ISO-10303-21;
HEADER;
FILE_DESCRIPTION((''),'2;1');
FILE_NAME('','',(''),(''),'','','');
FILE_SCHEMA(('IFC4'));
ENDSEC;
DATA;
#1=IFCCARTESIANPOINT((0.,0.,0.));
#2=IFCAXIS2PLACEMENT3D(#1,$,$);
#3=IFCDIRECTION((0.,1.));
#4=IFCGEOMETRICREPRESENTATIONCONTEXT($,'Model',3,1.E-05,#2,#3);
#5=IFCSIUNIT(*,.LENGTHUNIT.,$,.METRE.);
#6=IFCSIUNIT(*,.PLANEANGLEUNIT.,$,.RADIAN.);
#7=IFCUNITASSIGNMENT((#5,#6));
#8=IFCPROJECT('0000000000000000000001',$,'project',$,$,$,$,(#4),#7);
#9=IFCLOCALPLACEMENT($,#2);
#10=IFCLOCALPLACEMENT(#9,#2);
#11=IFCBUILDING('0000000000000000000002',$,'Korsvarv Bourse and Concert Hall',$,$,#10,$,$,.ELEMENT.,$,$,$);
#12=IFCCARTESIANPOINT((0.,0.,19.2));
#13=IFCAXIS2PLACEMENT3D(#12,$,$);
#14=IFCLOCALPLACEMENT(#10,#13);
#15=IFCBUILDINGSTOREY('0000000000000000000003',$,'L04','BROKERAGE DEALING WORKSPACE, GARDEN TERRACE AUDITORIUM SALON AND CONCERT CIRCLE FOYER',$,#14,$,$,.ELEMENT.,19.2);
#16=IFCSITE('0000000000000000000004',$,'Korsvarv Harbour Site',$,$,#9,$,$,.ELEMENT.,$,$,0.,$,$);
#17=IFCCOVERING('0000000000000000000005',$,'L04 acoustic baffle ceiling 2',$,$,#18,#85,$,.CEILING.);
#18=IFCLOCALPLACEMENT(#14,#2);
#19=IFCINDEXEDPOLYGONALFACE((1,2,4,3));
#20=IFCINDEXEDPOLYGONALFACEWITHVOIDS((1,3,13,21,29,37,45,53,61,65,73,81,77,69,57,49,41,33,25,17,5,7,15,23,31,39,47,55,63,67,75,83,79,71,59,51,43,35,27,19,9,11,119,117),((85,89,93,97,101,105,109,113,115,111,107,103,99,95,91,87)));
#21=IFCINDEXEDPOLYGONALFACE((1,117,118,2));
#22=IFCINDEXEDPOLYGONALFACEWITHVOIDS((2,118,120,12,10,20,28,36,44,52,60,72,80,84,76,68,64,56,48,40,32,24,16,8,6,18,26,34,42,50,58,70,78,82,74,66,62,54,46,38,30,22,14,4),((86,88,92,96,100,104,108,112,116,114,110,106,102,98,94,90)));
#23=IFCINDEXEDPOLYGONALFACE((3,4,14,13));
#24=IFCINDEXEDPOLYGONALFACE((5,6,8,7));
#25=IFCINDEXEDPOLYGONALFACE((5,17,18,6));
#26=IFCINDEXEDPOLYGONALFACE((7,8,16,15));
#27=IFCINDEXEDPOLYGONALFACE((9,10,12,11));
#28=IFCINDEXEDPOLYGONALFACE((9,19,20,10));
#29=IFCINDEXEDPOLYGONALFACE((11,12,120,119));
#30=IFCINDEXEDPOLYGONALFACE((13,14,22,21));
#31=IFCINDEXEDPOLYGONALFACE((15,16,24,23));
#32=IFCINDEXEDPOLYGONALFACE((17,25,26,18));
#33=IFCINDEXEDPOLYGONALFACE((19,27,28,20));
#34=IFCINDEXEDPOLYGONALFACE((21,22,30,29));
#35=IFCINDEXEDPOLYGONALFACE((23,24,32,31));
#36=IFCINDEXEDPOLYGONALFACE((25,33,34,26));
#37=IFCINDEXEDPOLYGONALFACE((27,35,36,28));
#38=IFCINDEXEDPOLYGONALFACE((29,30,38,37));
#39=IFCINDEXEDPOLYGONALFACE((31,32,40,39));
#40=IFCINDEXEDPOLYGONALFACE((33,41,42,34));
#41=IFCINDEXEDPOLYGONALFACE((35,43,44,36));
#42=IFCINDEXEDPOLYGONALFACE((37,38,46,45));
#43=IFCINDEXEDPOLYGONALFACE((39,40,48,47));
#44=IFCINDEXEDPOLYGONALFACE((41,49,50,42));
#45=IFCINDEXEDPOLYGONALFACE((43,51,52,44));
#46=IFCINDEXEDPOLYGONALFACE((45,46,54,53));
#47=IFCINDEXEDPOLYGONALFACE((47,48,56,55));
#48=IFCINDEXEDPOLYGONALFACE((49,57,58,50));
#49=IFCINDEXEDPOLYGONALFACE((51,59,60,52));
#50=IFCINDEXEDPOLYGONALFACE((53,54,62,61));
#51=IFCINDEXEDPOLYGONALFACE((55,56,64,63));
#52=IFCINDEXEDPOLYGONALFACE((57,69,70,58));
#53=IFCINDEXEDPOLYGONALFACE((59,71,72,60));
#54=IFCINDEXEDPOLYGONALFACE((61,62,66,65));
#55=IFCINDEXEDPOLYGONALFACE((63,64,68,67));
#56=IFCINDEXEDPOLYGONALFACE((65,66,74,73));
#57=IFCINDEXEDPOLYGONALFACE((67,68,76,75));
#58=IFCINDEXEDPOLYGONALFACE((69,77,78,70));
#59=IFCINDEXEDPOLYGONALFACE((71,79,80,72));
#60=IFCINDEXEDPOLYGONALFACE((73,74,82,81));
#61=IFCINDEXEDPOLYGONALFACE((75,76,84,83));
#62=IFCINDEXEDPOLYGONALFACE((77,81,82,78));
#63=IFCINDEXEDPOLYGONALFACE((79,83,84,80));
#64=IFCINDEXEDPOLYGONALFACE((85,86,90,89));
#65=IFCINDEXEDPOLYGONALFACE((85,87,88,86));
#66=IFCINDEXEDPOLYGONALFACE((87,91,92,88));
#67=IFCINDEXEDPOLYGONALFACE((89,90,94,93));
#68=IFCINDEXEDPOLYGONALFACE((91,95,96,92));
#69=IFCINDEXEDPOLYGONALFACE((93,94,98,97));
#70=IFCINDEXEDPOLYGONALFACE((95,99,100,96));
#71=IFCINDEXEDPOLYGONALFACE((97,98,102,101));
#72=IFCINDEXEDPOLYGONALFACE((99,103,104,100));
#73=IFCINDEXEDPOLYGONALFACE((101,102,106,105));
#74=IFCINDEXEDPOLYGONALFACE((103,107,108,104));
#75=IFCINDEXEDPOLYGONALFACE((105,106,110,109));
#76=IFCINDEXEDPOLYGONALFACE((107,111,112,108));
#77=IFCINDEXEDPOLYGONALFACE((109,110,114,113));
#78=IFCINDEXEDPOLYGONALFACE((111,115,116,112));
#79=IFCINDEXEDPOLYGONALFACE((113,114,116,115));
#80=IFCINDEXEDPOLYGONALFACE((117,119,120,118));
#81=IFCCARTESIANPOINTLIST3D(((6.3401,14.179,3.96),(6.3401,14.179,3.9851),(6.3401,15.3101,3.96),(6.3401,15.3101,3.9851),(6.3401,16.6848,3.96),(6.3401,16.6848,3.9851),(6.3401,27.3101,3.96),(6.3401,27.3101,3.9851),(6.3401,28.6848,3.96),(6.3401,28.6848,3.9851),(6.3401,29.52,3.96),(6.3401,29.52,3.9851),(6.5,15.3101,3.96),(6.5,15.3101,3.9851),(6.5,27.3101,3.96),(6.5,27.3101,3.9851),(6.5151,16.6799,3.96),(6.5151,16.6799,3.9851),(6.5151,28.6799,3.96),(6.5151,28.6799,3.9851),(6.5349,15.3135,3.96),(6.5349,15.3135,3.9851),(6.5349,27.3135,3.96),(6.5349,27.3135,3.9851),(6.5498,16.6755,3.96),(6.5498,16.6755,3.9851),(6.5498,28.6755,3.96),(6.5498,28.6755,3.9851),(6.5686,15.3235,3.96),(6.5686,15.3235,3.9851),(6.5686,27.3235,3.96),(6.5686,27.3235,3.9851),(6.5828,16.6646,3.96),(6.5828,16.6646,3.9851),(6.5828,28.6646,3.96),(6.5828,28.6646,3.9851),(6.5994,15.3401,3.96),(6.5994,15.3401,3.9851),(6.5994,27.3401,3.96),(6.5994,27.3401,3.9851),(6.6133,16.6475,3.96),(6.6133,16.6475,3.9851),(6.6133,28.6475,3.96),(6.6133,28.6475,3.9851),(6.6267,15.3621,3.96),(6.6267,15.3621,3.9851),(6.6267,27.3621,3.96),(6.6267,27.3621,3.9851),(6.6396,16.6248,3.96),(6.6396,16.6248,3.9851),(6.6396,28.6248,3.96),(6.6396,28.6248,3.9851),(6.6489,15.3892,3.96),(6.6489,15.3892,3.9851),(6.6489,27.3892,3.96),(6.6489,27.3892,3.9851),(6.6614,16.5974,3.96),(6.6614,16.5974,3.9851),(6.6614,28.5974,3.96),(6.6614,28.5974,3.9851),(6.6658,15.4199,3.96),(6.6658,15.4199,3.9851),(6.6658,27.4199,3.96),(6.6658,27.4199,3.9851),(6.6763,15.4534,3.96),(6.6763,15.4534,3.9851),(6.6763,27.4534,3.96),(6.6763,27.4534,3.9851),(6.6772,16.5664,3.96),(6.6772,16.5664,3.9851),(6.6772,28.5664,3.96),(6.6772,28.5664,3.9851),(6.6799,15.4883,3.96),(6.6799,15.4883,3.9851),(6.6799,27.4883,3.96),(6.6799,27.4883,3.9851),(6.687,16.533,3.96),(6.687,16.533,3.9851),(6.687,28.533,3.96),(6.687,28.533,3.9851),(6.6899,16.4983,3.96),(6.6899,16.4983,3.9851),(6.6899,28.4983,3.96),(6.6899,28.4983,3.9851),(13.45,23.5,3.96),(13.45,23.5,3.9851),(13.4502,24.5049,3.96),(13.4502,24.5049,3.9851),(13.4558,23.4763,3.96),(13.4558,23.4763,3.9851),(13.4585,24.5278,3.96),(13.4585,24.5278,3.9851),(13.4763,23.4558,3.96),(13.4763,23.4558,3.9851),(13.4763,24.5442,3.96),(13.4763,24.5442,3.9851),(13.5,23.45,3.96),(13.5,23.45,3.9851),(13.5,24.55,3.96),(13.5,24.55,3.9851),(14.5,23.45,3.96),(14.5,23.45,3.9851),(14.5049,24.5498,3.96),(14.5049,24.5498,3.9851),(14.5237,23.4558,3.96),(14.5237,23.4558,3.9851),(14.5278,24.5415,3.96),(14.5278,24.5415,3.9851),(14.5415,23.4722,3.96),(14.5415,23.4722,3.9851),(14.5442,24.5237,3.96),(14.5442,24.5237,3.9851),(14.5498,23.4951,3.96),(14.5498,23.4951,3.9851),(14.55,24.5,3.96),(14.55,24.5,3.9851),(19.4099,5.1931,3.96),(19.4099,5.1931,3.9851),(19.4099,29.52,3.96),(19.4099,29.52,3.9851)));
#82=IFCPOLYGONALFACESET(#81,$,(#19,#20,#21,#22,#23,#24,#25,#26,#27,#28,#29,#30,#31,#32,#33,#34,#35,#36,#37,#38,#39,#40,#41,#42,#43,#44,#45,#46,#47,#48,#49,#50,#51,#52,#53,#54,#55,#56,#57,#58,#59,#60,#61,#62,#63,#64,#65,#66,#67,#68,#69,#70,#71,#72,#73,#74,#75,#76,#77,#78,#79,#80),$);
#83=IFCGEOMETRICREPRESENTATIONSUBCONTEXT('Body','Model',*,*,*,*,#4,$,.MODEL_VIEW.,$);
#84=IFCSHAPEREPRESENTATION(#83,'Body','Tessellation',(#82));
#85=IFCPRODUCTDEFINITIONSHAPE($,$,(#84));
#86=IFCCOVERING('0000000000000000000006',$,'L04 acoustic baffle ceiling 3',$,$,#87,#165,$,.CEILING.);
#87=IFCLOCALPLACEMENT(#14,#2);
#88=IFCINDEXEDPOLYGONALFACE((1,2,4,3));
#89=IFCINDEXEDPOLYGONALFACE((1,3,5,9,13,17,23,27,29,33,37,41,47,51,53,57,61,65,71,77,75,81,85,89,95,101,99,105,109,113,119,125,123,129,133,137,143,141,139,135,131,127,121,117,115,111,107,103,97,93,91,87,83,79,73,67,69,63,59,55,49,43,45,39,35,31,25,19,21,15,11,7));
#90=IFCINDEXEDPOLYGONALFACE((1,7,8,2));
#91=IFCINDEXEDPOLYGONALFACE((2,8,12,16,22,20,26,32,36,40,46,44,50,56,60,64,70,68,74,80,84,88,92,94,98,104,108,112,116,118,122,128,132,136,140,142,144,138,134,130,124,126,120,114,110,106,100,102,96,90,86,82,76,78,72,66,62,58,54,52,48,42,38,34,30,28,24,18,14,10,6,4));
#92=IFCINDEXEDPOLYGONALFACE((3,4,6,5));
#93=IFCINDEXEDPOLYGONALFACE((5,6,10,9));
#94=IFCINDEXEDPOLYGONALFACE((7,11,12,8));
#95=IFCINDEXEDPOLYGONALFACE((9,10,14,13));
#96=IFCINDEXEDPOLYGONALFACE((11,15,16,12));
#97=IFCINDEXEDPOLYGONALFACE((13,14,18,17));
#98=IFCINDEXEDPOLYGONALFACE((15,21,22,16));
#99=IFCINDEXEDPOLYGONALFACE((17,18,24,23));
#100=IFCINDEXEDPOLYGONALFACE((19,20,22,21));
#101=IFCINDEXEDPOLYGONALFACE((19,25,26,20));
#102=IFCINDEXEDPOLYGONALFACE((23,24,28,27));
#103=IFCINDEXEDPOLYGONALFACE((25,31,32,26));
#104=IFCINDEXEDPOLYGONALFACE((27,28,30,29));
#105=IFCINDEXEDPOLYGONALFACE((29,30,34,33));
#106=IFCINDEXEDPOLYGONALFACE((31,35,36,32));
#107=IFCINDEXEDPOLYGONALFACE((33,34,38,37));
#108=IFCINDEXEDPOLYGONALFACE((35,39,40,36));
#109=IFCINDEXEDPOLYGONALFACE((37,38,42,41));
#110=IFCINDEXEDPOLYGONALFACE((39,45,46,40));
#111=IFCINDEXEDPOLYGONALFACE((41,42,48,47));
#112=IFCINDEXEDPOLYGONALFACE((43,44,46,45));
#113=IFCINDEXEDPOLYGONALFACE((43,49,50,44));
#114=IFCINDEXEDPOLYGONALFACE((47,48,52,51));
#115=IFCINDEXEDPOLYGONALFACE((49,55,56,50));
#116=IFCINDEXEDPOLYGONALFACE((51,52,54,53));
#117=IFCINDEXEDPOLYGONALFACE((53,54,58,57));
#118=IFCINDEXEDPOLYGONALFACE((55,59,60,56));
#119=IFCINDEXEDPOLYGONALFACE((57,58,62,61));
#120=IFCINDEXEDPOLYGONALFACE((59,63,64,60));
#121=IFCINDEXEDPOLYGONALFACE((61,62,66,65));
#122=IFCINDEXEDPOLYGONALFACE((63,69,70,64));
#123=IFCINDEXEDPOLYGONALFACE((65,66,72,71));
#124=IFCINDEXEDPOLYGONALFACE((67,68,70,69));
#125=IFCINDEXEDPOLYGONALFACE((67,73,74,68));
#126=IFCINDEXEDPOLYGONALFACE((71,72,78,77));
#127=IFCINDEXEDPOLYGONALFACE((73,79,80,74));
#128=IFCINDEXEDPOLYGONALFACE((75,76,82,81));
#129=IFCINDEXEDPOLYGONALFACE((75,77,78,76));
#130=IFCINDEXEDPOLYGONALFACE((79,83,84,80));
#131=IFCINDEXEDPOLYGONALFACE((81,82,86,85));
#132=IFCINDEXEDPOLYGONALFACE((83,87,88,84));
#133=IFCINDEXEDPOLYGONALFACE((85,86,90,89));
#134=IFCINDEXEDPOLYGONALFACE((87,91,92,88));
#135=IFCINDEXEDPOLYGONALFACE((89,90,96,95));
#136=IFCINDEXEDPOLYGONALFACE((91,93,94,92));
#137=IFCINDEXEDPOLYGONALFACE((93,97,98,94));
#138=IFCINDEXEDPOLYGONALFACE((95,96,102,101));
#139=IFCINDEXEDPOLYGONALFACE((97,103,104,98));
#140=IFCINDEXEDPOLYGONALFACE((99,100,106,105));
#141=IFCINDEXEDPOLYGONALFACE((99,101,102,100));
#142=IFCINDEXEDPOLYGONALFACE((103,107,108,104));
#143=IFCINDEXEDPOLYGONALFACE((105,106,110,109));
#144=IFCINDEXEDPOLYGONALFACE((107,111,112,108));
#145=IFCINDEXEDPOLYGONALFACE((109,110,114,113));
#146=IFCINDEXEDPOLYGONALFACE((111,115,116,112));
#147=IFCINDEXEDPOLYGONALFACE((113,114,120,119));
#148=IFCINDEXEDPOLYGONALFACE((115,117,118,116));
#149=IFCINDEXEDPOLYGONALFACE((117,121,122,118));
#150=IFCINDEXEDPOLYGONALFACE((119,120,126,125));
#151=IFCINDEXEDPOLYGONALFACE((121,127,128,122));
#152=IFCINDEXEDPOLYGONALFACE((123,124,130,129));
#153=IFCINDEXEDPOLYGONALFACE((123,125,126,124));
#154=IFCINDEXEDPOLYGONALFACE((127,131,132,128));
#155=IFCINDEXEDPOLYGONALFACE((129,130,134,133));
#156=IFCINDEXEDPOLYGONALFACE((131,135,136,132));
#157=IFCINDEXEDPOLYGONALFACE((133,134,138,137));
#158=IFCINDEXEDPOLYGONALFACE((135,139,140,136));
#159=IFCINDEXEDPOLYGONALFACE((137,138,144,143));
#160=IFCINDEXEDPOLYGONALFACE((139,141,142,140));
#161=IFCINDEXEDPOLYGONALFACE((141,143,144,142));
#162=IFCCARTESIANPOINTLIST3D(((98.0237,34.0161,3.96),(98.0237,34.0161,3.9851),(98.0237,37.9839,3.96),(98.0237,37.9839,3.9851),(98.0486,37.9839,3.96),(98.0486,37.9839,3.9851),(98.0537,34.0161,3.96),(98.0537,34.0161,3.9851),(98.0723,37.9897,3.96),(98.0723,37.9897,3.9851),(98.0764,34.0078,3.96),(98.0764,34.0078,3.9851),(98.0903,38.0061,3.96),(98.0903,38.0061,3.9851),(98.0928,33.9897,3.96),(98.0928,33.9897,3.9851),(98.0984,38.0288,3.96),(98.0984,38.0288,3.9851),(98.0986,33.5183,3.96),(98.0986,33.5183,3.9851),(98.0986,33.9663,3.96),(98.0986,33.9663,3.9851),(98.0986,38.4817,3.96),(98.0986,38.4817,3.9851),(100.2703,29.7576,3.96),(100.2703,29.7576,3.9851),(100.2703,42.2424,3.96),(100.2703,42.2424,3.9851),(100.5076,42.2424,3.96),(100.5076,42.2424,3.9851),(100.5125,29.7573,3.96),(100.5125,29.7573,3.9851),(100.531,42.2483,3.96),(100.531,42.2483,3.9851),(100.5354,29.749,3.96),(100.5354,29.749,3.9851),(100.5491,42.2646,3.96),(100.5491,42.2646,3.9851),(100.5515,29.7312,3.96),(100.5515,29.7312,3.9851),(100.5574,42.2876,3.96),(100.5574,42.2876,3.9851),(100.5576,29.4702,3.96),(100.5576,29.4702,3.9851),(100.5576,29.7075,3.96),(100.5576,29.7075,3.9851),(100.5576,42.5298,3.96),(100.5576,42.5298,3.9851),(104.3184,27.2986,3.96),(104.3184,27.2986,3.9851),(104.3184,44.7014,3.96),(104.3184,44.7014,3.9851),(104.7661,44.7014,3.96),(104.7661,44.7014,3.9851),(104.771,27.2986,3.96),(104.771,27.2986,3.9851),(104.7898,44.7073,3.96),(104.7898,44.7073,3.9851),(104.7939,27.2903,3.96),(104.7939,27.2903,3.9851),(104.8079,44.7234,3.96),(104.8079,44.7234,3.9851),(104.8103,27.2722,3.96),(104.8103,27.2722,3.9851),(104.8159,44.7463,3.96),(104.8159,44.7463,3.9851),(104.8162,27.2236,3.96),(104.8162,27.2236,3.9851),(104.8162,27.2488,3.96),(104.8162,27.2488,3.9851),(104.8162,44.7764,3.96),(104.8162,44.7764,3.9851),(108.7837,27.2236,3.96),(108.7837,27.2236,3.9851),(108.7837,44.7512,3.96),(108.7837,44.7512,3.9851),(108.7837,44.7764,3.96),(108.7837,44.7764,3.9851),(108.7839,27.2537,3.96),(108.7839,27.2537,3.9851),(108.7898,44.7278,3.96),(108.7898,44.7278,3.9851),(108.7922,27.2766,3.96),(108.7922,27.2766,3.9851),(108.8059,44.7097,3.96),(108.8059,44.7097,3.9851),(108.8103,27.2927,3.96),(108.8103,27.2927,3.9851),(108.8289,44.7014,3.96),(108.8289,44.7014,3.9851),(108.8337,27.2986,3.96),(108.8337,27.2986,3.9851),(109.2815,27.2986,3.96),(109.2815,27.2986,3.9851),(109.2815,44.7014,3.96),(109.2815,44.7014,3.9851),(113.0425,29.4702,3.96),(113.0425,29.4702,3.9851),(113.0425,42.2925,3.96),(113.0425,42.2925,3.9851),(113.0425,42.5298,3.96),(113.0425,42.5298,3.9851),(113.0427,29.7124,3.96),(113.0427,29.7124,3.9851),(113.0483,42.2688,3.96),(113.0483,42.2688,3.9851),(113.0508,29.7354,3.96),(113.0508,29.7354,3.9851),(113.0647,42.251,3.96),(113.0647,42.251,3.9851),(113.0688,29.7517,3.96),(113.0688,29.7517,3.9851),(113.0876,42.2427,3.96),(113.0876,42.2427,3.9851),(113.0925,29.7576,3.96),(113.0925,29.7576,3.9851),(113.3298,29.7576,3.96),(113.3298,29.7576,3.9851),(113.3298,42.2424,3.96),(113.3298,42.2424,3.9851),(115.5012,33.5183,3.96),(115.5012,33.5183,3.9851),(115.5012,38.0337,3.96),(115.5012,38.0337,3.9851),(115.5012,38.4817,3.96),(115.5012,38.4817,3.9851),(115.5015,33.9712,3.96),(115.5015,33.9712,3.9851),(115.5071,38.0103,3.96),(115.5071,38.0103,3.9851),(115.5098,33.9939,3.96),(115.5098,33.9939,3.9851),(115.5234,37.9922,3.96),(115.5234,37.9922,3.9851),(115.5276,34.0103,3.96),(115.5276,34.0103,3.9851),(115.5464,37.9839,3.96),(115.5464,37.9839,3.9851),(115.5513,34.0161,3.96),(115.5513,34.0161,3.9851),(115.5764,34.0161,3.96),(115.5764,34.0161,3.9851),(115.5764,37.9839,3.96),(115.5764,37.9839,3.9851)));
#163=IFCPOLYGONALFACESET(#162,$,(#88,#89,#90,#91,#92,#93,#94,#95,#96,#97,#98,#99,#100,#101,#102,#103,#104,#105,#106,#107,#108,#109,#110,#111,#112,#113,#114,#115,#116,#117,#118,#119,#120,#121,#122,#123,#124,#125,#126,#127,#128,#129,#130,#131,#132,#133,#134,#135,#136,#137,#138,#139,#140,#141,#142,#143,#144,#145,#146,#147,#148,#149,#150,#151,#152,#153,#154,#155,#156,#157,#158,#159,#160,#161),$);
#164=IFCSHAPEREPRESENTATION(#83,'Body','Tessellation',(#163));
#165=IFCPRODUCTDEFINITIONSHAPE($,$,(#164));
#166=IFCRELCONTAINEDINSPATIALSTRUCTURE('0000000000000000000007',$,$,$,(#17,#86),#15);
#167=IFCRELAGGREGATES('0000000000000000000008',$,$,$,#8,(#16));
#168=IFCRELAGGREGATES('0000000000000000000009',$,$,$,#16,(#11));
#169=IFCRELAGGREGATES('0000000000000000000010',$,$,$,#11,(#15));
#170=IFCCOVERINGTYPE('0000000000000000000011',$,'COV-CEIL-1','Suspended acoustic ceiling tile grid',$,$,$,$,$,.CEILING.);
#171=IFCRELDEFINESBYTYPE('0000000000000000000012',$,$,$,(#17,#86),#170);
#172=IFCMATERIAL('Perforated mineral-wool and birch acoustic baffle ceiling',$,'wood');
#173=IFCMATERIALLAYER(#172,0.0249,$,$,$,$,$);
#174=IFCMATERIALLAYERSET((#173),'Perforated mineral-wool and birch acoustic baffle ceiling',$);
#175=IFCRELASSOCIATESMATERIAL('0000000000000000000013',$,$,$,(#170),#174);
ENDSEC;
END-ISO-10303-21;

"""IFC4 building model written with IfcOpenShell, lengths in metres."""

from ifc_helpers import new_model, si_unit, direction, frame, origin, place, context, subcontext, project, spatial, polyline, outline, extrude, material, layer, layer_set, type_object, element, save


model = new_model("IFC4")

# Units and contexts
model_context = context("Model", 3, precision=1e-05, world=origin(), true_north=direction((0.0, 1.0)))
body_context = subcontext(model_context, "Body", "Model", "MODEL_VIEW")
ifc_project = project(units=[si_unit("LENGTHUNIT", "METRE"), si_unit("PLANEANGLEUNIT", "RADIAN")], contexts=[model_context])

# Site, building, storey
site_placement = place(None, origin())
site = spatial("IfcSite", under=ifc_project, at=site_placement, Name="Korsvarv Harbour Site", CompositionType="ELEMENT", RefElevation=0.0)
building_placement = place(site_placement, origin())
building = spatial("IfcBuilding", under=site, at=building_placement, Name="Korsvarv Bourse and Concert Hall", CompositionType="ELEMENT")
storey_placement = place(building_placement, frame((0.0, 0.0, 19.2)))
storey = spatial("IfcBuildingStorey", under=building, at=storey_placement, Name="L04", Description="BROKERAGE DEALING WORKSPACE, GARDEN TERRACE AUDITORIUM SALON AND CONCERT CIRCLE FOYER", CompositionType="ELEMENT", Elevation=19.2)

# Coverings
ifc_material_1 = material(Name="Perforated mineral-wool and birch acoustic baffle ceiling", Category="wood")
ifc_layer_1 = layer(ifc_material_1, 0.0249)
ifc_layer_set_1 = layer_set([ifc_layer_1], Name="Perforated mineral-wool and birch acoustic baffle ceiling")
covering_type_1 = type_object("IfcCoveringType", Name="COV-CEIL-1", Description="Suspended acoustic ceiling tile grid", PredefinedType="CEILING", material=ifc_layer_set_1)
covering_1_placement = place(storey_placement, frame((0.0, 0.0, 3.96)))
element("IfcCovering", 1, at=covering_1_placement, inside=storey, type_object=covering_type_1, Name="L04 acoustic baffle ceiling 2", PredefinedType="CEILING", context=body_context, shape_type="SweptSolid", body=[
    extrude(outline(polyline([(19.4099, 5.1931), (6.3401, 14.179), (6.3401, 15.3101), (6.5, 15.3101), (6.5349, 15.3135), (6.5686, 15.3235), (6.5994, 15.3401), (6.6267, 15.3621), (6.6489, 15.3892), (6.6658, 15.4199), (6.6763, 15.4534), (6.6799, 15.4883), (6.6899, 16.4983), (6.687, 16.533), (6.6772, 16.5664), (6.6614, 16.5974), (6.6396, 16.6248), (6.6133, 16.6475), (6.5828, 16.6646), (6.5498, 16.6755), (6.5151, 16.6799), (6.3401, 16.6848), (6.3401, 27.3101), (6.5, 27.3101), (6.5349, 27.3135), (6.5686, 27.3235), (6.5994, 27.3401), (6.6267, 27.3621), (6.6489, 27.3892), (6.6658, 27.4199), (6.6763, 27.4534), (6.6799, 27.4883), (6.6899, 28.4983), (6.687, 28.533), (6.6772, 28.5664), (6.6614, 28.5974), (6.6396, 28.6248), (6.6133, 28.6475), (6.5828, 28.6646), (6.5498, 28.6755), (6.5151, 28.6799), (6.3401, 28.6848), (6.3401, 29.52), (19.4099, 29.52), (19.4099, 5.1931)]), holes=[polyline([(13.4763, 23.4558), (13.5, 23.45), (14.5, 23.45), (14.5237, 23.4558), (14.5415, 23.4722), (14.5498, 23.4951), (14.55, 24.5), (14.5442, 24.5237), (14.5278, 24.5415), (14.5049, 24.5498), (13.5, 24.55), (13.4763, 24.5442), (13.4585, 24.5278), (13.4502, 24.5049), (13.45, 23.5), (13.4558, 23.4763), (13.4763, 23.4558)])]), origin(), (0.0, 0.0, 1.0), 0.0251),
])
covering_2_placement = place(storey_placement, frame((0.0, 0.0, 3.96)))
element("IfcCovering", 2, at=covering_2_placement, inside=storey, type_object=covering_type_1, Name="L04 acoustic baffle ceiling 3", PredefinedType="CEILING", context=body_context, shape_type="SweptSolid", body=[
    extrude(outline(polyline([(115.5764, 34.0161), (115.5513, 34.0161), (115.5276, 34.0103), (115.5098, 33.9939), (115.5015, 33.9712), (115.5012, 33.5183), (113.3298, 29.7576), (113.0925, 29.7576), (113.0688, 29.7517), (113.0508, 29.7354), (113.0427, 29.7124), (113.0425, 29.4702), (109.2815, 27.2986), (108.8337, 27.2986), (108.8103, 27.2927), (108.7922, 27.2766), (108.7839, 27.2537), (108.7837, 27.2236), (104.8162, 27.2236), (104.8162, 27.2488), (104.8103, 27.2722), (104.7939, 27.2903), (104.771, 27.2986), (104.3184, 27.2986), (100.5576, 29.4702), (100.5576, 29.7075), (100.5515, 29.7312), (100.5354, 29.749), (100.5125, 29.7573), (100.2703, 29.7576), (98.0986, 33.5183), (98.0986, 33.9663), (98.0928, 33.9897), (98.0764, 34.0078), (98.0537, 34.0161), (98.0237, 34.0161), (98.0237, 37.9839), (98.0486, 37.9839), (98.0723, 37.9897), (98.0903, 38.0061), (98.0984, 38.0288), (98.0986, 38.4817), (100.2703, 42.2424), (100.5076, 42.2424), (100.531, 42.2483), (100.5491, 42.2646), (100.5574, 42.2876), (100.5576, 42.5298), (104.3184, 44.7014), (104.7661, 44.7014), (104.7898, 44.7073), (104.8079, 44.7234), (104.8159, 44.7463), (104.8162, 44.7764), (108.7837, 44.7764), (108.7837, 44.7512), (108.7898, 44.7278), (108.8059, 44.7097), (108.8289, 44.7014), (109.2815, 44.7014), (113.0425, 42.5298), (113.0425, 42.2925), (113.0483, 42.2688), (113.0647, 42.251), (113.0876, 42.2427), (113.3298, 42.2424), (115.5012, 38.4817), (115.5012, 38.0337), (115.5071, 38.0103), (115.5234, 37.9922), (115.5464, 37.9839), (115.5764, 37.9839), (115.5764, 34.0161)])), origin(), (0.0, 0.0, 1.0), 0.0251),
])

save(model, "model.ifc")
